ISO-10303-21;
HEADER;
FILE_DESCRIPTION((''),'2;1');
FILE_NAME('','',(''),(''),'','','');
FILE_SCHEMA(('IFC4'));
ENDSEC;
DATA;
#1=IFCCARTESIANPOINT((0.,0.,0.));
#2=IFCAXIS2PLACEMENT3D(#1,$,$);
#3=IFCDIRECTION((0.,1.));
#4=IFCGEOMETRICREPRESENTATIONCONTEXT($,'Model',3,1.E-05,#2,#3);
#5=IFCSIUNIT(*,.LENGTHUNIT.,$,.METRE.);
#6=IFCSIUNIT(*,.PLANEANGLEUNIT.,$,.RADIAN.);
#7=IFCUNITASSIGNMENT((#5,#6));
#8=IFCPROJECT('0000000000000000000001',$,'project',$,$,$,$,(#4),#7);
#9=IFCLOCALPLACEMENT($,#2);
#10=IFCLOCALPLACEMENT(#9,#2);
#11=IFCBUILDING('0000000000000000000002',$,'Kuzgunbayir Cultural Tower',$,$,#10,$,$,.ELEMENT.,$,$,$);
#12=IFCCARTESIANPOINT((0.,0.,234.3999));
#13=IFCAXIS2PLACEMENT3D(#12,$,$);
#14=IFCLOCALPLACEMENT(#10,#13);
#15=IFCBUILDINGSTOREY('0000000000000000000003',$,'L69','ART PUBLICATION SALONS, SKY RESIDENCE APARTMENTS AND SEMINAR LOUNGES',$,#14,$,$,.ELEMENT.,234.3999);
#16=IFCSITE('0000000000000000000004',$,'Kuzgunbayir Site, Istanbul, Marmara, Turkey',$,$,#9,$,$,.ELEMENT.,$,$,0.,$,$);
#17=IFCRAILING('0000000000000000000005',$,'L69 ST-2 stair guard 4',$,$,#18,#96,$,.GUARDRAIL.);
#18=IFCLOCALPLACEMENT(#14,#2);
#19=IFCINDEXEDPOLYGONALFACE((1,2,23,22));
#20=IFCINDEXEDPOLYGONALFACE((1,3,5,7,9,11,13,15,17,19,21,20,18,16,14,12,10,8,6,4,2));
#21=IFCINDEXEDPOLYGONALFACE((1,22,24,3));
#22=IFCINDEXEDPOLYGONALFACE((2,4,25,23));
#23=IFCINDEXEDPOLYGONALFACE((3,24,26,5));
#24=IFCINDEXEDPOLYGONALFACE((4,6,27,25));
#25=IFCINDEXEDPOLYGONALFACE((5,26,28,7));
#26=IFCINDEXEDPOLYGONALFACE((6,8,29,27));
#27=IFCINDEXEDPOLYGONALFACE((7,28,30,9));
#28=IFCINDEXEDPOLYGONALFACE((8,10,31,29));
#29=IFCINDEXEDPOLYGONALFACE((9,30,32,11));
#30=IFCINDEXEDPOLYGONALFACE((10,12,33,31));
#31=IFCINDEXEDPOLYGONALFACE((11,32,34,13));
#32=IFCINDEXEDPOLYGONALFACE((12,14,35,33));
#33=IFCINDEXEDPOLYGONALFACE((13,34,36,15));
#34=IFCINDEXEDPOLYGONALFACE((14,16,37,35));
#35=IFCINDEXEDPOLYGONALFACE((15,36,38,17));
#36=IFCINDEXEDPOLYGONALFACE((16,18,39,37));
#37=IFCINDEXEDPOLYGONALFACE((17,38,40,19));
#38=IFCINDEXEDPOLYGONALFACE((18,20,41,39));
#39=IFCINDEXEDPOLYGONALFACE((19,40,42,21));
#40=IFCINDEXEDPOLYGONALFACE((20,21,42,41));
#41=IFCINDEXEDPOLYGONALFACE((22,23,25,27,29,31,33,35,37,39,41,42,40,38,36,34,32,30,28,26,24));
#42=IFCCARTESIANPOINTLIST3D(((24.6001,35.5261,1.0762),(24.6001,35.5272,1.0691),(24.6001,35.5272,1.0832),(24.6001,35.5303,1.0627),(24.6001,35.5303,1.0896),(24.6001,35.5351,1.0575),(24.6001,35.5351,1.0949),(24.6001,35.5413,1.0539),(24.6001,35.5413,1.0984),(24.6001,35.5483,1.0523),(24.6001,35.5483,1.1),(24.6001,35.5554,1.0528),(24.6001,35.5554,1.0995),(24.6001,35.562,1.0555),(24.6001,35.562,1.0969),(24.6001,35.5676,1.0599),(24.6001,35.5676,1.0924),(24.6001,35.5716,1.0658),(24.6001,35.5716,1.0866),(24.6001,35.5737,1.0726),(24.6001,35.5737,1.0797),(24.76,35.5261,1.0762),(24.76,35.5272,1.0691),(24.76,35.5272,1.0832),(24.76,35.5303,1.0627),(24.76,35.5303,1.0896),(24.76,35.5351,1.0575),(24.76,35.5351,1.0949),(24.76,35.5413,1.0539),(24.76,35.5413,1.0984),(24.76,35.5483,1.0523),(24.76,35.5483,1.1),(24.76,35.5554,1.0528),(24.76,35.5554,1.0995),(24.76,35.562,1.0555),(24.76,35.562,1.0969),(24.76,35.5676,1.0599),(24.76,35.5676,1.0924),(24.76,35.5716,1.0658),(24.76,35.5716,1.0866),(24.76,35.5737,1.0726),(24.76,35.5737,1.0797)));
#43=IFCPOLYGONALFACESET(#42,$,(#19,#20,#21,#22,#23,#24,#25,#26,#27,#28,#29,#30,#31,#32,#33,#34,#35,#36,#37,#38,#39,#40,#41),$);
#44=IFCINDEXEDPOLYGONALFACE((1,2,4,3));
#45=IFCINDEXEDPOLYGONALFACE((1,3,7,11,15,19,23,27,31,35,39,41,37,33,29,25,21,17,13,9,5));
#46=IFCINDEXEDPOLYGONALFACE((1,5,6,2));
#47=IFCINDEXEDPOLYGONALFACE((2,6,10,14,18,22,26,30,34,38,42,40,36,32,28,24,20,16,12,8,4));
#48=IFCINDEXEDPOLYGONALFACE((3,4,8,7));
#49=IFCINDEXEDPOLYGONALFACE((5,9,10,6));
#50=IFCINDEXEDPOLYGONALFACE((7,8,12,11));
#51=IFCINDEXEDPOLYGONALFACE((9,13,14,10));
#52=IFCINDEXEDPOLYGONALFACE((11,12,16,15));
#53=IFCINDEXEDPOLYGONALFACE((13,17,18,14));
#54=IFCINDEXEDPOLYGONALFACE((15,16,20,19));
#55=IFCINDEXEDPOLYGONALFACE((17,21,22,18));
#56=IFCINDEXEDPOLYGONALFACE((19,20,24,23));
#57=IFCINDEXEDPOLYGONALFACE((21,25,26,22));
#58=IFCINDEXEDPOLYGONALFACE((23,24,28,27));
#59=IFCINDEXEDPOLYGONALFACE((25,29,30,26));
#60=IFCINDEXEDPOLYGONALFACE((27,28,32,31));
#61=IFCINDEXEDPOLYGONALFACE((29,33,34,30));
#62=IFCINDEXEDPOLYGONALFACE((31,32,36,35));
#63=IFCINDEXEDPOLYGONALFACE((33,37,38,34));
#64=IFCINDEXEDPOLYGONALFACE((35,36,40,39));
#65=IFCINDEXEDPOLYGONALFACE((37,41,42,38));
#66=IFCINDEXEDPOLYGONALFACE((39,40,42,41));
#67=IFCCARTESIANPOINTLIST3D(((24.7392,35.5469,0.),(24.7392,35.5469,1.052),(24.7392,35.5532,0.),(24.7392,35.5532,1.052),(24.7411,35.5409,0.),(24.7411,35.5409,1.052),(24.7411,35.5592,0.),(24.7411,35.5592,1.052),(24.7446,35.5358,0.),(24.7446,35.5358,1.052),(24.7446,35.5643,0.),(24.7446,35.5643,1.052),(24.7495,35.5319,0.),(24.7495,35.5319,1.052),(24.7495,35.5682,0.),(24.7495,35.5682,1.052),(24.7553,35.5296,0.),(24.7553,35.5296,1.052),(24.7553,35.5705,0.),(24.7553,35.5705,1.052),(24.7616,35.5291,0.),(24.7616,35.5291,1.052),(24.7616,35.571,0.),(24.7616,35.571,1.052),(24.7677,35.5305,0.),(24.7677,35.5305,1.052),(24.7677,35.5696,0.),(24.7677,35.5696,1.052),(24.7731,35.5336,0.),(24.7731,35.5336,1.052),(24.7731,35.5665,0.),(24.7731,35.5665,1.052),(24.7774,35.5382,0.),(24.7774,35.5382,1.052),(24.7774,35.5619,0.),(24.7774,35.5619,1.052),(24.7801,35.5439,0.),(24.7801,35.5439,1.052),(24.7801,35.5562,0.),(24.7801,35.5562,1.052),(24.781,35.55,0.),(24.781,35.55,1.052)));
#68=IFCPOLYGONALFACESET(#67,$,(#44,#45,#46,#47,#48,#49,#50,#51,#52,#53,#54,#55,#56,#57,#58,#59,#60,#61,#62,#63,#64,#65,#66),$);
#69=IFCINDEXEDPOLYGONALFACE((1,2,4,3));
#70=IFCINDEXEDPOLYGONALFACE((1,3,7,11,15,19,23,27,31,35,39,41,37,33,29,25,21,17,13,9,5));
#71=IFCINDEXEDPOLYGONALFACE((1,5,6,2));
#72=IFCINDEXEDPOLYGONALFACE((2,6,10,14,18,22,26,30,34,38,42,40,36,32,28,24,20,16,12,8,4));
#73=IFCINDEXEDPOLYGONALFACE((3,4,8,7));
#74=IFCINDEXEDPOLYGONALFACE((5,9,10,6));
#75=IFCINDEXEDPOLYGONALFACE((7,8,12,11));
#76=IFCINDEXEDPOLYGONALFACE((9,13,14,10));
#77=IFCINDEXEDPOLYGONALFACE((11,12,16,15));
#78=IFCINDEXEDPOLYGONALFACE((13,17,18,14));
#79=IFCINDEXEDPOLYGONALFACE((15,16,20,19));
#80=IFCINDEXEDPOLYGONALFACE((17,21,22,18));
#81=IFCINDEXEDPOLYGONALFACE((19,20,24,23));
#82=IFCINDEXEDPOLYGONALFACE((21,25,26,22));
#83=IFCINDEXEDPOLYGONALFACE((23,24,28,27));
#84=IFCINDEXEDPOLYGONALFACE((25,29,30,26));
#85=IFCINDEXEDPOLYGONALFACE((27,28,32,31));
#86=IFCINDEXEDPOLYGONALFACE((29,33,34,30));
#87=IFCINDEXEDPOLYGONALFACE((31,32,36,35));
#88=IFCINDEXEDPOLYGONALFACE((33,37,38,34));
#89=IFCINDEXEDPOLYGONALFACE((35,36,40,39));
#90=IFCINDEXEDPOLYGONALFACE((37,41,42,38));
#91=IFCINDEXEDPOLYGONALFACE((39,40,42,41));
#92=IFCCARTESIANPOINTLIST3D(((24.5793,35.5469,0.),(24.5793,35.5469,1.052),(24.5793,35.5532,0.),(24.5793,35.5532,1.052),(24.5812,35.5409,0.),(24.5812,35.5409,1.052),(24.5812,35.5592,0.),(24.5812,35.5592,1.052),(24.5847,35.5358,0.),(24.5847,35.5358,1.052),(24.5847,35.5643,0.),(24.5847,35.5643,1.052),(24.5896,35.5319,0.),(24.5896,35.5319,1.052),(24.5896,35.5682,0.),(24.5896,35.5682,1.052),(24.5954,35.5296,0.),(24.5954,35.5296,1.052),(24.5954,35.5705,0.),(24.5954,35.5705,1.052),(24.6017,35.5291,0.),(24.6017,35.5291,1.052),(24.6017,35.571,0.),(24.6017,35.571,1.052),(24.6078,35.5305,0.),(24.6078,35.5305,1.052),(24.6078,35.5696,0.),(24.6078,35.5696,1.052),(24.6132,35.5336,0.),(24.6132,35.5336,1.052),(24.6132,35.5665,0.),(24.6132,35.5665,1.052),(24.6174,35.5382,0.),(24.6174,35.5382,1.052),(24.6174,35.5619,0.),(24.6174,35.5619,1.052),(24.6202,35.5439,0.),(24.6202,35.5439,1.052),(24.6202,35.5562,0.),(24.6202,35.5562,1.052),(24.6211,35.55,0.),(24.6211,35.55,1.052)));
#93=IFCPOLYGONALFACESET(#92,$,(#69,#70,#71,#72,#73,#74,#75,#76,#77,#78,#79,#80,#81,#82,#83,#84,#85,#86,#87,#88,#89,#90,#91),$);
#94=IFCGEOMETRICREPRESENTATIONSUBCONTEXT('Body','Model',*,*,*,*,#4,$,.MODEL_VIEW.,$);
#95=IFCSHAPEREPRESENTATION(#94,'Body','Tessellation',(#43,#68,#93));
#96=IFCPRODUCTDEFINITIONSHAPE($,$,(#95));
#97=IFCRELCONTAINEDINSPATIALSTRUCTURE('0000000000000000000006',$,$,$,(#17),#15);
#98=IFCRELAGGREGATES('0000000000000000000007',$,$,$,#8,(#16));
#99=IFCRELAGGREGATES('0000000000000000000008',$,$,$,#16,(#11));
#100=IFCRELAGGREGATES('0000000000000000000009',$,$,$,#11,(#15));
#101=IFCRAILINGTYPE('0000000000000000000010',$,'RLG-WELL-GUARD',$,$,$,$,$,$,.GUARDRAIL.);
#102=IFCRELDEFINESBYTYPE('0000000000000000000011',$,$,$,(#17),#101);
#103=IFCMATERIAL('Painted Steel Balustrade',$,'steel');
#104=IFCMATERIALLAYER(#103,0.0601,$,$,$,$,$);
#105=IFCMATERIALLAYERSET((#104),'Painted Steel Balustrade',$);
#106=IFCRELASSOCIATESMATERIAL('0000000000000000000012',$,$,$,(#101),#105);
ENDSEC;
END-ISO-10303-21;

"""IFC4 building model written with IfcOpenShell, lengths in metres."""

from ifc_helpers import new_model, si_unit, direction, frame, origin, origin_2d, place, context, subcontext, project, spatial, circle, extrude, material, layer, layer_set, type_object, element, save


model = new_model("IFC4")

# Units and contexts
model_context = context("Model", 3, precision=1e-05, world=origin(), true_north=direction((0.0, 1.0)))
body_context = subcontext(model_context, "Body", "Model", "MODEL_VIEW")
ifc_project = project(units=[si_unit("LENGTHUNIT", "METRE"), si_unit("PLANEANGLEUNIT", "RADIAN")], contexts=[model_context])

# Site, building, storey
site_placement = place(None, origin())
site = spatial("IfcSite", under=ifc_project, at=site_placement, Name="Kuzgunbayir Site, Istanbul, Marmara, Turkey", CompositionType="ELEMENT", RefElevation=0.0)
building_placement = place(site_placement, origin())
building = spatial("IfcBuilding", under=site, at=building_placement, Name="Kuzgunbayir Cultural Tower", CompositionType="ELEMENT")
storey_placement = place(building_placement, frame((0.0, 0.0, 234.3999)))
storey = spatial("IfcBuildingStorey", under=building, at=storey_placement, Name="L69", Description="ART PUBLICATION SALONS, SKY RESIDENCE APARTMENTS AND SEMINAR LOUNGES", CompositionType="ELEMENT", Elevation=234.3999)

# Railing
ifc_material_1 = material(Name="Painted Steel Balustrade", Category="steel")
ifc_layer_1 = layer(ifc_material_1, 0.0601)
ifc_layer_set_1 = layer_set([ifc_layer_1], Name="Painted Steel Balustrade")
railing_type_1 = type_object("IfcRailingType", Name="RLG-WELL-GUARD", PredefinedType="GUARDRAIL", material=ifc_layer_set_1)
railing_1_placement = place(storey_placement, frame((24.76, 35.55, 0.0)))
element("IfcRailing", 1, at=railing_1_placement, inside=storey, type_object=railing_type_1, Name="L69 ST-2 stair guard 4", PredefinedType="GUARDRAIL", context=body_context, shape_type="SweptSolid", body=[
    extrude(circle(Radius=0.0239, at=origin_2d()), frame((0.0, 0.0, 1.0762), z_axis=(-1.0, 0.0, 0.0), x_axis=(0.0, -1.0, 0.0)), (0.0, 0.0, 1.0), 0.1599),
    extrude(circle(Radius=0.021, at=origin_2d()), origin(), (0.0, 0.0, 1.0), 1.052),
    extrude(circle(Radius=0.021, at=origin_2d()), frame((-0.1599, 0.0, 0.0)), (0.0, 0.0, 1.0), 1.052),
])

save(model, "model.ifc")
